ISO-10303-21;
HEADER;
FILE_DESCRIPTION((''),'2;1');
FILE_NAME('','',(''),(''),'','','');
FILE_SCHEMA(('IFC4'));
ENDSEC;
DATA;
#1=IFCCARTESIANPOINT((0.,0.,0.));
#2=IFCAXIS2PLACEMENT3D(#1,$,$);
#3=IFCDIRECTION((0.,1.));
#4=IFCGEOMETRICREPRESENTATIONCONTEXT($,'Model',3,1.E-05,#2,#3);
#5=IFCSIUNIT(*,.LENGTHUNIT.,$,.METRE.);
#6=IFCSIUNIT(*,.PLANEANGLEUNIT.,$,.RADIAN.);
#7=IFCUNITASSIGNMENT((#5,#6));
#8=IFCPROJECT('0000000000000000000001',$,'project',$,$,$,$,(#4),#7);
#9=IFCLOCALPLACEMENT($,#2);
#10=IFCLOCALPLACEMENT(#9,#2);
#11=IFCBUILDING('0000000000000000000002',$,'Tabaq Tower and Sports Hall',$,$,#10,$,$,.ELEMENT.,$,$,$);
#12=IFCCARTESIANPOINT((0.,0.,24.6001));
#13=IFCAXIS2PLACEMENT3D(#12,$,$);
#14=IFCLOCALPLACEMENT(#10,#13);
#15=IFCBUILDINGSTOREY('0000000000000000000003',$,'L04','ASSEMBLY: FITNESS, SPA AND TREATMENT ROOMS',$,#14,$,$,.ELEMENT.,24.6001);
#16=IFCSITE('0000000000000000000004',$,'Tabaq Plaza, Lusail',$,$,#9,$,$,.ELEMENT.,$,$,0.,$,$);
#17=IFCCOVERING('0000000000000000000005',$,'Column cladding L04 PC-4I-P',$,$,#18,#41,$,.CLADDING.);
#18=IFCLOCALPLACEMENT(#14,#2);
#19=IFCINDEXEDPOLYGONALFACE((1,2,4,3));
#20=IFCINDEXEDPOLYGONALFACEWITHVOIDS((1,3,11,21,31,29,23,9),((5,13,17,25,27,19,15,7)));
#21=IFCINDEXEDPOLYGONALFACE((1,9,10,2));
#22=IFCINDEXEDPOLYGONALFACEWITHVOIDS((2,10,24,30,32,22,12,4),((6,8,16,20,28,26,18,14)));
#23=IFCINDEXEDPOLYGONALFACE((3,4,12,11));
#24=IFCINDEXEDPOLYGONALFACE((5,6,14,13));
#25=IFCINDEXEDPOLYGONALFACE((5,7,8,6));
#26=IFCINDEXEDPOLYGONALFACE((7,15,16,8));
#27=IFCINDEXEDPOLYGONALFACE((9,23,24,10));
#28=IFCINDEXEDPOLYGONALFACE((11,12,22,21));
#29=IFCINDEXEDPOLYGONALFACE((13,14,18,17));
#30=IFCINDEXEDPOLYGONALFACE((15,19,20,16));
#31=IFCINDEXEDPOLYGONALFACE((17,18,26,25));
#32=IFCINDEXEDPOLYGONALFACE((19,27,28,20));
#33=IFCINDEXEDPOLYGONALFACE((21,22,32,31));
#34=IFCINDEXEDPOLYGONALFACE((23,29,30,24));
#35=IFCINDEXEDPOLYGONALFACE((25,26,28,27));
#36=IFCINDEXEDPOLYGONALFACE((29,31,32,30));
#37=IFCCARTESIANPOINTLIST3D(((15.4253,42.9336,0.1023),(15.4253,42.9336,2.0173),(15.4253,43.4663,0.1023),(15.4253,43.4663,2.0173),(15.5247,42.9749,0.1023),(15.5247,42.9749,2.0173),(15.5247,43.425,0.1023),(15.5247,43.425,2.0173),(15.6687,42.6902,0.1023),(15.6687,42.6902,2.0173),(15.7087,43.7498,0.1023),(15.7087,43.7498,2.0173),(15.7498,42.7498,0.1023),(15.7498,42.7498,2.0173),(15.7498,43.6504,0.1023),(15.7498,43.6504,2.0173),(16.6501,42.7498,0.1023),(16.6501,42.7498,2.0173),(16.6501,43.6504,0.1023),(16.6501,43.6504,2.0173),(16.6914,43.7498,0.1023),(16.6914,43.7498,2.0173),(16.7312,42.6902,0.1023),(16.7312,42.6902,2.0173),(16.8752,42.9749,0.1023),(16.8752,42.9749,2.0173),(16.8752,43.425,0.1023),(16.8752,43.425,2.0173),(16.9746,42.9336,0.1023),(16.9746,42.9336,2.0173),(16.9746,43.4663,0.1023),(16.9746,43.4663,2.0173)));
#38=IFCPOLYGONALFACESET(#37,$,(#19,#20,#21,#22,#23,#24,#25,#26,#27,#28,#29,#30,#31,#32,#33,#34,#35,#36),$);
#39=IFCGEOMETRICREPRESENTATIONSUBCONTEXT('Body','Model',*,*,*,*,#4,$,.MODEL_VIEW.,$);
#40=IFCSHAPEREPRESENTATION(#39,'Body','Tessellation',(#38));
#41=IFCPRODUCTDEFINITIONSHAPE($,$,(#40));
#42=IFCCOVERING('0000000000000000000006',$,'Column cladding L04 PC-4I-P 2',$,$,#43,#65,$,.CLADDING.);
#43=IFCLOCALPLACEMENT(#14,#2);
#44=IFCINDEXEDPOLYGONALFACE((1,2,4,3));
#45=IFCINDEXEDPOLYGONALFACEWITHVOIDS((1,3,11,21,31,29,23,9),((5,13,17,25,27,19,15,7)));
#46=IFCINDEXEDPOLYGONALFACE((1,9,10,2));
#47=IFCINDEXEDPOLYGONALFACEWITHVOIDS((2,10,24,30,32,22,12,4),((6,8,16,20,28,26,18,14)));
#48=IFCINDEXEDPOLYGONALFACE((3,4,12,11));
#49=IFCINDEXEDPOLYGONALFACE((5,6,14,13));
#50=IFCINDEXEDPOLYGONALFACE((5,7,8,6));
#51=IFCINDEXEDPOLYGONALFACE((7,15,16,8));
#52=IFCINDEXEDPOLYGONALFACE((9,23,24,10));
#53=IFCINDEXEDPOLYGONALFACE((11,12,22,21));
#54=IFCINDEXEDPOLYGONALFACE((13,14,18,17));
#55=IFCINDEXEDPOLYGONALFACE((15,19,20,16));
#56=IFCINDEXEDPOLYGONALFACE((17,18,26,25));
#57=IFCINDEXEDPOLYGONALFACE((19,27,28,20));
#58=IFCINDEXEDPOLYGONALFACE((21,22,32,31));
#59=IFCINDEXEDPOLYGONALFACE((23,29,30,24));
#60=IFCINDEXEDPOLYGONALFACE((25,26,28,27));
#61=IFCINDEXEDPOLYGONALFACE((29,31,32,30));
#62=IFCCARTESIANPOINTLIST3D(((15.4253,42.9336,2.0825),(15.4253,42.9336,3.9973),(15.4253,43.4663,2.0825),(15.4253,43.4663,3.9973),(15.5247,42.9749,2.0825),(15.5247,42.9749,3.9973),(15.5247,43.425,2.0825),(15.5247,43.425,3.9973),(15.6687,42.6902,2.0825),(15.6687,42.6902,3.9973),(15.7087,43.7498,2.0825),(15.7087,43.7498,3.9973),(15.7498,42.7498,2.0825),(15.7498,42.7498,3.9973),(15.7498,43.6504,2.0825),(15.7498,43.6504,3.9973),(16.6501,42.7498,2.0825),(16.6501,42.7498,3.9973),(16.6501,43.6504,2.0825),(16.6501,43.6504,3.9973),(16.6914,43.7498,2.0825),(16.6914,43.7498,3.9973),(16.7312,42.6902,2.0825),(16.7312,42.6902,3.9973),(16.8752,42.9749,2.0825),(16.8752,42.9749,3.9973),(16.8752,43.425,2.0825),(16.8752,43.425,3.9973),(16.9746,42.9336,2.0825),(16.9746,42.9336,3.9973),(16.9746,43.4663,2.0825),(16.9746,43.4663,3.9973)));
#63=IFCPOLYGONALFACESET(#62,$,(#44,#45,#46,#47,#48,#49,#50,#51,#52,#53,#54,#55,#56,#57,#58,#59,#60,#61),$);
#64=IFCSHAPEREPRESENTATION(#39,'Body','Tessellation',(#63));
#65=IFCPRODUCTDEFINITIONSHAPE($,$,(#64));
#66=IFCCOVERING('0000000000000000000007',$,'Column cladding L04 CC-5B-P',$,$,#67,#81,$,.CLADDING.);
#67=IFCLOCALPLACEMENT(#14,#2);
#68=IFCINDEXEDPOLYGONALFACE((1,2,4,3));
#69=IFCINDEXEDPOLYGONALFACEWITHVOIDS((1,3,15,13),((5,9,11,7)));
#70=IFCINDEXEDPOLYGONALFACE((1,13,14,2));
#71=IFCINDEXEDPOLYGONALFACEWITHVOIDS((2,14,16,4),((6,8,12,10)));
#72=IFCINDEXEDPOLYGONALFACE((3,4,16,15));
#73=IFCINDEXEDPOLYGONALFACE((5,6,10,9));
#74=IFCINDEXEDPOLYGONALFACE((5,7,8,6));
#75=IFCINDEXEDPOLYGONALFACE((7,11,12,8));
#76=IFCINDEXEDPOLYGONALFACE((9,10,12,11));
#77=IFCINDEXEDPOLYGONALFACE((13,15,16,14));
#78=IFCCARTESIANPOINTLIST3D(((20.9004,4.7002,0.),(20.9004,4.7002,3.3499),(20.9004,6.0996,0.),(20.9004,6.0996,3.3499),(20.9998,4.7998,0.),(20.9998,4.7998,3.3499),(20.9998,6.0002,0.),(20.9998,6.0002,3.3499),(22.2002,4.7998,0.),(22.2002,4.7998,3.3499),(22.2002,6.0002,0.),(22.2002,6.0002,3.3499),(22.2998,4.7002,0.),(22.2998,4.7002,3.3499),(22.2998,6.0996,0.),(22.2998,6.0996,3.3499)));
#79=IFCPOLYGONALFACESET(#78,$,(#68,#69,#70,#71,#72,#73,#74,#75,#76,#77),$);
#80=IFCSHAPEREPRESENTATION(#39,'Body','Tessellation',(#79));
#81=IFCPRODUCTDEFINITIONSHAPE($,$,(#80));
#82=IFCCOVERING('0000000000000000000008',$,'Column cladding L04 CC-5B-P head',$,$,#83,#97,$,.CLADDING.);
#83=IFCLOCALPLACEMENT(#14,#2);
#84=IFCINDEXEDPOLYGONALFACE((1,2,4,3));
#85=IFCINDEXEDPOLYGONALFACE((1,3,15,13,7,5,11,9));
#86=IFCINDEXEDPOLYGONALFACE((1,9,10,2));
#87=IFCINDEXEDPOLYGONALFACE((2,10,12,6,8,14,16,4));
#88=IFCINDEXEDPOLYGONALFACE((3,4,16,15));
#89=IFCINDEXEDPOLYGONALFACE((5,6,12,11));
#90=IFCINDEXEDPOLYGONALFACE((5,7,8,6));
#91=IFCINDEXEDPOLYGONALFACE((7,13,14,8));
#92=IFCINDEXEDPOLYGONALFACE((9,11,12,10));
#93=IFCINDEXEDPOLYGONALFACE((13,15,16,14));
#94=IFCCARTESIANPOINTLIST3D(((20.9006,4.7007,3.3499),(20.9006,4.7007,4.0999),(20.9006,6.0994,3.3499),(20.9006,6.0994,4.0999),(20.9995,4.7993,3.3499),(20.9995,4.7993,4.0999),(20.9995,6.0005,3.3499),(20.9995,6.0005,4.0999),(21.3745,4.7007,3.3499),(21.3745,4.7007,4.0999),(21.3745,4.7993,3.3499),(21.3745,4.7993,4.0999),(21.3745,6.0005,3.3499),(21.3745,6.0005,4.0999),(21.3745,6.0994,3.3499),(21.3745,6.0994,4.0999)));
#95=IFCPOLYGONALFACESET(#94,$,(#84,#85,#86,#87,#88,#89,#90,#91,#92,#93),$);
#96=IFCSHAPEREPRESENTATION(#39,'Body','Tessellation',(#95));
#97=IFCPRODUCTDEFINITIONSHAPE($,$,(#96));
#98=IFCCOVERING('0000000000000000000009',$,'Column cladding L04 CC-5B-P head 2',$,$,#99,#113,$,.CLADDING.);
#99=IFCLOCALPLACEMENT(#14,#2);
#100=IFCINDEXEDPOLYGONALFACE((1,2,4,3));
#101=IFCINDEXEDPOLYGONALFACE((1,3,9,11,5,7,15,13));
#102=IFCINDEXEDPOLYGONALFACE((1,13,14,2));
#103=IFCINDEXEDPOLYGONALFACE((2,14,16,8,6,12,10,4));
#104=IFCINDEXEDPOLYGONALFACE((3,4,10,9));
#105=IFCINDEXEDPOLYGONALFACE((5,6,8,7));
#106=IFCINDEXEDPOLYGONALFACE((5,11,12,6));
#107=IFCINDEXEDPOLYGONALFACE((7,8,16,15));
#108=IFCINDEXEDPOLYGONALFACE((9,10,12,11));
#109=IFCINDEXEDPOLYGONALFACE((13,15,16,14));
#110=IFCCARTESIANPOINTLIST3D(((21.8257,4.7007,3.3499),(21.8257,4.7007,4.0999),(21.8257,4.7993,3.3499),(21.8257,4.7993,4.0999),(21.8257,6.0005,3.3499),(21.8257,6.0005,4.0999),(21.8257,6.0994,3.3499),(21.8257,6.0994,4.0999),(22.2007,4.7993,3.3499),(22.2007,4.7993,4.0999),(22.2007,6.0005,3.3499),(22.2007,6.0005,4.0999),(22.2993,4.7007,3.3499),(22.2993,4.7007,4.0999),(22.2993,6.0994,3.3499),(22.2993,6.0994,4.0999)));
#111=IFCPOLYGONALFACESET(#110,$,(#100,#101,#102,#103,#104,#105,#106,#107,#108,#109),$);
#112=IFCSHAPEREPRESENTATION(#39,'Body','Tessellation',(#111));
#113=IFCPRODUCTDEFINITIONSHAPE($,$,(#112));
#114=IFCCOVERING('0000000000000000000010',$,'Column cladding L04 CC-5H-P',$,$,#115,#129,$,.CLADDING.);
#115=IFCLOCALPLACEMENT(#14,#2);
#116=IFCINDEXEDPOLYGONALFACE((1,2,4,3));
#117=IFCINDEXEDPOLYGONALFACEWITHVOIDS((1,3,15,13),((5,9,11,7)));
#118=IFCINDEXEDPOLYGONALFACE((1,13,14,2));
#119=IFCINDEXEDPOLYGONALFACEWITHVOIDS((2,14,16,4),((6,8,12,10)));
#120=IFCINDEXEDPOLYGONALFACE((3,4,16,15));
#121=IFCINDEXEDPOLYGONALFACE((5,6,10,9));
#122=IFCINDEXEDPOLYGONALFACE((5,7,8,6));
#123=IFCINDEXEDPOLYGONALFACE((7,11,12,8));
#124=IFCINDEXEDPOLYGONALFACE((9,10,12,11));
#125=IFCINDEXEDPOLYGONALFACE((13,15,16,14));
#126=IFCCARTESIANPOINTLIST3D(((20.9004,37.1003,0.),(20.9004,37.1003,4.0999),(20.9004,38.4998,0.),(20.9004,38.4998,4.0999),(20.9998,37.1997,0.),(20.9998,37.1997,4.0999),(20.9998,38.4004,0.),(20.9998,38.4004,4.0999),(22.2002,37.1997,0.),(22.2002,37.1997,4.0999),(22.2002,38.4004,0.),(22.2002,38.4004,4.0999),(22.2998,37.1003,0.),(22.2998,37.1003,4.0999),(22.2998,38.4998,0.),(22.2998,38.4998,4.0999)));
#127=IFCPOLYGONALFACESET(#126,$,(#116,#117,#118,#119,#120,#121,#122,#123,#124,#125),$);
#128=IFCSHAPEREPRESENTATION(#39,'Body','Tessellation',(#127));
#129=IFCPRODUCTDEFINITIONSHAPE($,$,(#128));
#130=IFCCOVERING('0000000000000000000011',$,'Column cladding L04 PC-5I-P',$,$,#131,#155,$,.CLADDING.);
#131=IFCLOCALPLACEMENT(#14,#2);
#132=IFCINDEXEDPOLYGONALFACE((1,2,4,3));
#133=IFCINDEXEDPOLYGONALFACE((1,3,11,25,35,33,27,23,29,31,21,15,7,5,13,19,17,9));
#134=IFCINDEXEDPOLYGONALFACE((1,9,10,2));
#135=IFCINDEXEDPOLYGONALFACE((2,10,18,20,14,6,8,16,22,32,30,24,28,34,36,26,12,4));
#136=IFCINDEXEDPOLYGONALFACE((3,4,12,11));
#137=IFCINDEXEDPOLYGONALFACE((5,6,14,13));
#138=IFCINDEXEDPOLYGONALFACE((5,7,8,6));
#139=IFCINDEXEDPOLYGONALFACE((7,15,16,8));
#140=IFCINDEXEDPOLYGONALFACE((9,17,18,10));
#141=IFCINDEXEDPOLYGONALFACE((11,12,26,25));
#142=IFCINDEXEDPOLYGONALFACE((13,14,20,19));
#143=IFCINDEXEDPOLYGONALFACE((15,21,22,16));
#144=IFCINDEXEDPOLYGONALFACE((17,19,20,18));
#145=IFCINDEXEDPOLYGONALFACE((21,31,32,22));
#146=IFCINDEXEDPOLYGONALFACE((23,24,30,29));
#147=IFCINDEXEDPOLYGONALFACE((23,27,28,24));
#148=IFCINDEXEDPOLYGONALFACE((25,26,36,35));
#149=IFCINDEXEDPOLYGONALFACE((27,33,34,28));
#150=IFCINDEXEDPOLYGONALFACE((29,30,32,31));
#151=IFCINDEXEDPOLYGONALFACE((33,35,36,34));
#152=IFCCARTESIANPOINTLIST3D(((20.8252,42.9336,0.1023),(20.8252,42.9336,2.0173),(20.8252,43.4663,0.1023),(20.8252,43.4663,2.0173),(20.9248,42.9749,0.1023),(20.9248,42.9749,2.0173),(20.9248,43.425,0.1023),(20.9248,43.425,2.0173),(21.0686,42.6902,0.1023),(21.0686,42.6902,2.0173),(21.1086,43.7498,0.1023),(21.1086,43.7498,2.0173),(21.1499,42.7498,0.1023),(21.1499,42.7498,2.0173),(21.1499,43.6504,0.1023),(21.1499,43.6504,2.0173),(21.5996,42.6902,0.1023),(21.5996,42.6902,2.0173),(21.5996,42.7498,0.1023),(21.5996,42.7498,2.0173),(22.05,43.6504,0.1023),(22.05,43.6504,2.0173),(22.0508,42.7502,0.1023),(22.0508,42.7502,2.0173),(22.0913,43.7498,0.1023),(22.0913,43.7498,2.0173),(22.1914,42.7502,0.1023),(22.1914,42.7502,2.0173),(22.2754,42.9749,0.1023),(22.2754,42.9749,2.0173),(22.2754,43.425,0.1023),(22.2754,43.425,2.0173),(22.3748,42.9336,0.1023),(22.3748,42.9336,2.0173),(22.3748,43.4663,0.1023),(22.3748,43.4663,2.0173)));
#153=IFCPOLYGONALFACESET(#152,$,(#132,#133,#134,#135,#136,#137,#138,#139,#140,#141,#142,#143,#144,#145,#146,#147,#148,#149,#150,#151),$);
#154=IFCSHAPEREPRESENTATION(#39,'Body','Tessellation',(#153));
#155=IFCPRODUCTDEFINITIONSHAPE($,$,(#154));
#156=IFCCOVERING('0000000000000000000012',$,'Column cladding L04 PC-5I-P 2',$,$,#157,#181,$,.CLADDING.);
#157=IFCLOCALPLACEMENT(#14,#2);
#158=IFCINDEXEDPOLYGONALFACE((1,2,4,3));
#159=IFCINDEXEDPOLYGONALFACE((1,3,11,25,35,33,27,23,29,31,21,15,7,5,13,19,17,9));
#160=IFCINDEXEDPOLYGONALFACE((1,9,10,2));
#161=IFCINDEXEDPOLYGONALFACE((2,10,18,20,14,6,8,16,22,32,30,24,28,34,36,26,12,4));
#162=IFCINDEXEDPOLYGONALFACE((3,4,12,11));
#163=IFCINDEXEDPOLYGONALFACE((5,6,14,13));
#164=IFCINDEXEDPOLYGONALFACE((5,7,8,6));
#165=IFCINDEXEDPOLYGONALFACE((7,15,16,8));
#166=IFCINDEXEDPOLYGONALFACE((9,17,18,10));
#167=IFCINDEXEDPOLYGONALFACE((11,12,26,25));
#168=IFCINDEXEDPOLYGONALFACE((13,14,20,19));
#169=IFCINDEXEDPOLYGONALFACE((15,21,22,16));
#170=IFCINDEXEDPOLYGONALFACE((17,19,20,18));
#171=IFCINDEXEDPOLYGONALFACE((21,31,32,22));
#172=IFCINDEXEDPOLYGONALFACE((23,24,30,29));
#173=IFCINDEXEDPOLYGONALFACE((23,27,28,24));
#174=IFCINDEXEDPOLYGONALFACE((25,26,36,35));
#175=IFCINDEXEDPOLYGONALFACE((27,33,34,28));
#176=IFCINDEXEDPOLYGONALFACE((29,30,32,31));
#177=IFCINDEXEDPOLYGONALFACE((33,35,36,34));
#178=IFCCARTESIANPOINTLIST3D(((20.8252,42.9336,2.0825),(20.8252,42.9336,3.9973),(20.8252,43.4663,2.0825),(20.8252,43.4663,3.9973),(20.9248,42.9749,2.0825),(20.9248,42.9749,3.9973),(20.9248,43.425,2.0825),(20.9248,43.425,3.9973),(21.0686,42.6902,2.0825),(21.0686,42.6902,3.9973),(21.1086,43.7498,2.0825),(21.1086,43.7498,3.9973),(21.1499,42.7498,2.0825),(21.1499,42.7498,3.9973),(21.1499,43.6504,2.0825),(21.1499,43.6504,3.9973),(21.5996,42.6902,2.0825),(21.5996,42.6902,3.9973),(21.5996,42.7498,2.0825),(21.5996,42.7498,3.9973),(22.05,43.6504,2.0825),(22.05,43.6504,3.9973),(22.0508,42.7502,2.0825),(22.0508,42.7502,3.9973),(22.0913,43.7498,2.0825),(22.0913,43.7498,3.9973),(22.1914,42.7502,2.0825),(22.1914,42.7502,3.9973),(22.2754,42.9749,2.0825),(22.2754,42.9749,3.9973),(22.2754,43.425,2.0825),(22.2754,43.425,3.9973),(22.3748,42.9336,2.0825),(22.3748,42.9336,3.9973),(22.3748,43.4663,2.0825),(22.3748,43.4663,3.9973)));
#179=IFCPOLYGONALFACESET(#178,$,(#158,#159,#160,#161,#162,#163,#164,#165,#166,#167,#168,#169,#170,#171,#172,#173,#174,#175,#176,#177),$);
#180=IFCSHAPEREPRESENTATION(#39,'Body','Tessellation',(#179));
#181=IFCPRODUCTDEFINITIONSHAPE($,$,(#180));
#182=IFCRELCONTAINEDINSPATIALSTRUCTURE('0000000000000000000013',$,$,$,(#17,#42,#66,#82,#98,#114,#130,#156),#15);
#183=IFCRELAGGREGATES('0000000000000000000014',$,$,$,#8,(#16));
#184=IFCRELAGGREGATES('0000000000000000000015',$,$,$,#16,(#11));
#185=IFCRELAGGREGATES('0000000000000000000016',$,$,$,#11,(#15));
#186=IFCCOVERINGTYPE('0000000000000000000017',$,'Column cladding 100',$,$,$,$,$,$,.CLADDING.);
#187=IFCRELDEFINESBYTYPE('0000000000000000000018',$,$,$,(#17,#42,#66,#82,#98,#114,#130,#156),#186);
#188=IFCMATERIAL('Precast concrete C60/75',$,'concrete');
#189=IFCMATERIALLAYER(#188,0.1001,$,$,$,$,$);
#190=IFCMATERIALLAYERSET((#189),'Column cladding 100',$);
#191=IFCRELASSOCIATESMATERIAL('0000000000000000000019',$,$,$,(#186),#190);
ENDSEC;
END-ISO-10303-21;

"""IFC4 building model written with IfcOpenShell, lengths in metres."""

from ifc_helpers import new_model, si_unit, direction, frame, origin, place, context, subcontext, project, spatial, polyline, outline, extrude, material, layer, layer_set, type_object, element, save


model = new_model("IFC4")

# Units and contexts
model_context = context("Model", 3, precision=1e-05, world=origin(), true_north=direction((0.0, 1.0)))
body_context = subcontext(model_context, "Body", "Model", "MODEL_VIEW")
ifc_project = project(units=[si_unit("LENGTHUNIT", "METRE"), si_unit("PLANEANGLEUNIT", "RADIAN")], contexts=[model_context])

# Site, building, storey
site_placement = place(None, origin())
site = spatial("IfcSite", under=ifc_project, at=site_placement, Name="Tabaq Plaza, Lusail", CompositionType="ELEMENT", RefElevation=0.0)
building_placement = place(site_placement, origin())
building = spatial("IfcBuilding", under=site, at=building_placement, Name="Tabaq Tower and Sports Hall", CompositionType="ELEMENT")
storey_placement = place(building_placement, frame((0.0, 0.0, 24.6001)))
storey = spatial("IfcBuildingStorey", under=building, at=storey_placement, Name="L04", Description="ASSEMBLY: FITNESS, SPA AND TREATMENT ROOMS", CompositionType="ELEMENT", Elevation=24.6001)

# Coverings
ifc_material_1 = material(Name="Precast concrete C60/75", Category="concrete")
ifc_layer = layer(ifc_material_1, 0.1001)
ifc_layer_set = layer_set([ifc_layer], Name="Column cladding 100")
covering_type_1 = type_object("IfcCoveringType", Name="Column cladding 100", PredefinedType="CLADDING", material=ifc_layer_set)
covering_1_placement = place(storey_placement, frame((0.0, 0.0, 0.1023)))
element("IfcCovering", 1, at=covering_1_placement, inside=storey, type_object=covering_type_1, Name="Column cladding L04 PC-4I-P", PredefinedType="CLADDING", context=body_context, shape_type="SweptSolid", body=[
    extrude(outline(polyline([(15.4253, 43.4663), (15.7087, 43.7498), (16.6914, 43.7498), (16.9746, 43.4663), (16.9746, 42.9336), (16.7312, 42.6902), (15.6687, 42.6902), (15.4253, 42.9336), (15.4253, 43.4663)]), holes=[polyline([(16.8752, 42.9749), (16.8752, 43.425), (16.6501, 43.6504), (15.7498, 43.6504), (15.5247, 43.425), (15.5247, 42.9749), (15.7498, 42.7498), (16.6501, 42.7498), (16.8752, 42.9749)])]), origin(), (0.0, 0.0, 1.0), 1.915),
])
covering_2_placement = place(storey_placement, frame((0.0, 0.0, 2.0825)))
element("IfcCovering", 2, at=covering_2_placement, inside=storey, type_object=covering_type_1, Name="Column cladding L04 PC-4I-P 2", PredefinedType="CLADDING", context=body_context, shape_type="SweptSolid", body=[
    extrude(outline(polyline([(15.4253, 43.4663), (15.7087, 43.7498), (16.6914, 43.7498), (16.9746, 43.4663), (16.9746, 42.9336), (16.7312, 42.6902), (15.6687, 42.6902), (15.4253, 42.9336), (15.4253, 43.4663)]), holes=[polyline([(16.8752, 42.9749), (16.8752, 43.425), (16.6501, 43.6504), (15.7498, 43.6504), (15.5247, 43.425), (15.5247, 42.9749), (15.7498, 42.7498), (16.6501, 42.7498), (16.8752, 42.9749)])]), origin(), (0.0, 0.0, 1.0), 1.9148),
])
covering_3_placement = place(storey_placement, origin())
element("IfcCovering", 3, at=covering_3_placement, inside=storey, type_object=covering_type_1, Name="Column cladding L04 CC-5B-P", PredefinedType="CLADDING", context=body_context, shape_type="SweptSolid", body=[
    extrude(outline(polyline([(20.9004, 6.0996), (22.2998, 6.0996), (22.2998, 4.7002), (20.9004, 4.7002), (20.9004, 6.0996)]), holes=[polyline([(22.2002, 4.7998), (22.2002, 6.0002), (20.9998, 6.0002), (20.9998, 4.7998), (22.2002, 4.7998)])]), origin(), (0.0, 0.0, 1.0), 3.3499),
])
covering_4_placement = place(storey_placement, frame((0.0, 0.0, 3.3499)))
element("IfcCovering", 4, at=covering_4_placement, inside=storey, type_object=covering_type_1, Name="Column cladding L04 CC-5B-P head", PredefinedType="CLADDING", context=body_context, shape_type="SweptSolid", body=[
    extrude(outline(polyline([(21.3745, 4.7993), (21.3745, 4.7007), (20.9006, 4.7007), (20.9006, 6.0994), (21.3745, 6.0994), (21.3745, 6.0005), (20.9995, 6.0005), (20.9995, 4.7993), (21.3745, 4.7993)])), origin(), (0.0, 0.0, 1.0), 0.75),
])
covering_5_placement = place(storey_placement, frame((0.0, 0.0, 3.3499)))
element("IfcCovering", 5, at=covering_5_placement, inside=storey, type_object=covering_type_1, Name="Column cladding L04 CC-5B-P head 2", PredefinedType="CLADDING", context=body_context, shape_type="SweptSolid", body=[
    extrude(outline(polyline([(21.8257, 4.7993), (22.2007, 4.7993), (22.2007, 6.0005), (21.8257, 6.0005), (21.8257, 6.0994), (22.2993, 6.0994), (22.2993, 4.7007), (21.8257, 4.7007), (21.8257, 4.7993)])), origin(), (0.0, 0.0, 1.0), 0.75),
])
covering_6_placement = place(storey_placement, origin())
element("IfcCovering", 6, at=covering_6_placement, inside=storey, type_object=covering_type_1, Name="Column cladding L04 CC-5H-P", PredefinedType="CLADDING", context=body_context, shape_type="SweptSolid", body=[
    extrude(outline(polyline([(20.9004, 38.4998), (22.2998, 38.4998), (22.2998, 37.1003), (20.9004, 37.1003), (20.9004, 38.4998)]), holes=[polyline([(22.2002, 37.1997), (22.2002, 38.4004), (20.9998, 38.4004), (20.9998, 37.1997), (22.2002, 37.1997)])]), origin(), (0.0, 0.0, 1.0), 4.0999),
])
covering_7_placement = place(storey_placement, frame((0.0, 0.0, 0.1023)))
element("IfcCovering", 7, at=covering_7_placement, inside=storey, type_object=covering_type_1, Name="Column cladding L04 PC-5I-P", PredefinedType="CLADDING", context=body_context, shape_type="SweptSolid", body=[
    extrude(outline(polyline([(20.8252, 43.4663), (21.1086, 43.7498), (22.0913, 43.7498), (22.3748, 43.4663), (22.3748, 42.9336), (22.1914, 42.7502), (22.0508, 42.7502), (22.2754, 42.9749), (22.2754, 43.425), (22.05, 43.6504), (21.1499, 43.6504), (20.9248, 43.425), (20.9248, 42.9749), (21.1499, 42.7498), (21.5996, 42.7498), (21.5996, 42.6902), (21.0686, 42.6902), (20.8252, 42.9336), (20.8252, 43.4663)])), origin(), (0.0, 0.0, 1.0), 1.915),
])
covering_8_placement = place(storey_placement, frame((0.0, 0.0, 2.0825)))
element("IfcCovering", 8, at=covering_8_placement, inside=storey, type_object=covering_type_1, Name="Column cladding L04 PC-5I-P 2", PredefinedType="CLADDING", context=body_context, shape_type="SweptSolid", body=[
    extrude(outline(polyline([(20.8252, 43.4663), (21.1086, 43.7498), (22.0913, 43.7498), (22.3748, 43.4663), (22.3748, 42.9336), (22.1914, 42.7502), (22.0508, 42.7502), (22.2754, 42.9749), (22.2754, 43.425), (22.05, 43.6504), (21.1499, 43.6504), (20.9248, 43.425), (20.9248, 42.9749), (21.1499, 42.7498), (21.5996, 42.7498), (21.5996, 42.6902), (21.0686, 42.6902), (20.8252, 42.9336), (20.8252, 43.4663)])), origin(), (0.0, 0.0, 1.0), 1.9148),
])

save(model, "model.ifc")
